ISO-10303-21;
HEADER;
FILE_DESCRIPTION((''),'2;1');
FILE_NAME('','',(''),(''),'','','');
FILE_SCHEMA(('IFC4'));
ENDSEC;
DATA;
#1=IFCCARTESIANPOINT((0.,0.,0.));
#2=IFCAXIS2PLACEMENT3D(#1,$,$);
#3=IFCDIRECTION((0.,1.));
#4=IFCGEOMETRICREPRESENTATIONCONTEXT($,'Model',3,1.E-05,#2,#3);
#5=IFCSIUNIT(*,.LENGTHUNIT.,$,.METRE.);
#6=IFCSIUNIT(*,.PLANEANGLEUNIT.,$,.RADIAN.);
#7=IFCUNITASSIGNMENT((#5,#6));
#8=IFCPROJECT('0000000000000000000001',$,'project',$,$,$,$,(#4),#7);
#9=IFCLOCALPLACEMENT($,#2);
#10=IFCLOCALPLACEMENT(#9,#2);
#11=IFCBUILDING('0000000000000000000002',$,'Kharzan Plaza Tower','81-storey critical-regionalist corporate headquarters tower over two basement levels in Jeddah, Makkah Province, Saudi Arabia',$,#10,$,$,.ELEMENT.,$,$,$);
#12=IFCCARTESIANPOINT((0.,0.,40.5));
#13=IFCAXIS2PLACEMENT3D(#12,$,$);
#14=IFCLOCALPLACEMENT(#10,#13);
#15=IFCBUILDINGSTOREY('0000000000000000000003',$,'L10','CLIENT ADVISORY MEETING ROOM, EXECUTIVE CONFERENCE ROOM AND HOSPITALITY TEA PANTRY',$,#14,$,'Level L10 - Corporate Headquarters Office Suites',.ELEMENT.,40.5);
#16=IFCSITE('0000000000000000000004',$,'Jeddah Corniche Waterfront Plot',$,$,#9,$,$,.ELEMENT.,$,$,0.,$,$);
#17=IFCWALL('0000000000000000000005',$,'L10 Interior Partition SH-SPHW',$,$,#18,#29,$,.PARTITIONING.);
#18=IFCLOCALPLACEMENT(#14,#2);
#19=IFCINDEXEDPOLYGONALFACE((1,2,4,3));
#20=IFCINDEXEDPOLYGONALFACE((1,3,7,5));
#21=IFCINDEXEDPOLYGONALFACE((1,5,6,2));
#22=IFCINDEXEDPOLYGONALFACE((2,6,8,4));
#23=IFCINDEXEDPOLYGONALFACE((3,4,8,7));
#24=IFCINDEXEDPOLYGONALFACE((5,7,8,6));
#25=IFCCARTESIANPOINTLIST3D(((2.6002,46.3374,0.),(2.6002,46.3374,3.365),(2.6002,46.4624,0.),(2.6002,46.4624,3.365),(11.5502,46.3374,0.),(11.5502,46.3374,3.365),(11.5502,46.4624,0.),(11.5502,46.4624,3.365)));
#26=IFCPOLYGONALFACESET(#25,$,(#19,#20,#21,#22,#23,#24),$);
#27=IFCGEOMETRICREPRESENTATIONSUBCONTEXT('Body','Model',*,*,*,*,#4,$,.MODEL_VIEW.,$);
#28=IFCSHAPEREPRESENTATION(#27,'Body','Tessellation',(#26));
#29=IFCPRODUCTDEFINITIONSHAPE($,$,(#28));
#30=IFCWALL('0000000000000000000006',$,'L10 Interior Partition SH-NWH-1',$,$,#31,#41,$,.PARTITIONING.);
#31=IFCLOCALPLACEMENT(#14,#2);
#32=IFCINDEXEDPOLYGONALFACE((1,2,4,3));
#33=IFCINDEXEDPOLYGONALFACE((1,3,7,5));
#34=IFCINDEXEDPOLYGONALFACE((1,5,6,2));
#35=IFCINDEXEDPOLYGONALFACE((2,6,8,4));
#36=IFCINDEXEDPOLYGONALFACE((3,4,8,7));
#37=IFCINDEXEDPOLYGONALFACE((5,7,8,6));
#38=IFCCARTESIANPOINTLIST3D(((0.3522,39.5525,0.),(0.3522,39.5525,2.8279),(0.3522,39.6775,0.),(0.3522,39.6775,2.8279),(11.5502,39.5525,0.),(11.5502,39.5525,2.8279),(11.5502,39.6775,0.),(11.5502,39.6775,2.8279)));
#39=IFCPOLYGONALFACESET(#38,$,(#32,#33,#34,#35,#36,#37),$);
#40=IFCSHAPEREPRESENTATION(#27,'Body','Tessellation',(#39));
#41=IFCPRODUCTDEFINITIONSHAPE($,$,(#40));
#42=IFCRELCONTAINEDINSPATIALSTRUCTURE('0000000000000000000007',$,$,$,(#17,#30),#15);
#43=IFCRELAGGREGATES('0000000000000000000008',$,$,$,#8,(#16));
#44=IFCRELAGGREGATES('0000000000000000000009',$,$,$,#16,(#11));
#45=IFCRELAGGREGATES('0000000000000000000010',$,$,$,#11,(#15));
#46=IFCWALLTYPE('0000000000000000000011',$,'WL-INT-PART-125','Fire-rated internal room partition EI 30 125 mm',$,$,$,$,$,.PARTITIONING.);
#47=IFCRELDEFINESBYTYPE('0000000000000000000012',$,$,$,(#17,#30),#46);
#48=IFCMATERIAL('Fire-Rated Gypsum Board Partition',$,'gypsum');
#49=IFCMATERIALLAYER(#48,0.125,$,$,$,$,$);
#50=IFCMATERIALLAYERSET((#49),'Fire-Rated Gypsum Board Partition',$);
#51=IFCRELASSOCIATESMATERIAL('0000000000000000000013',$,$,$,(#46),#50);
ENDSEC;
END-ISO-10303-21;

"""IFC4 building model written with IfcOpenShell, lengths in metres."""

from ifc_helpers import new_model, si_unit, direction, frame, frame_2d, origin, place, context, subcontext, project, spatial, rectangle, extrude, source, transform, mapped, material, layer, layer_set, type_object, element, save


model = new_model("IFC4")

# Units and contexts
model_context = context("Model", 3, precision=1e-05, world=origin(), true_north=direction((0.0, 1.0)))
body_context = subcontext(model_context, "Body", "Model", "MODEL_VIEW")
ifc_project = project(units=[si_unit("LENGTHUNIT", "METRE"), si_unit("PLANEANGLEUNIT", "RADIAN")], contexts=[model_context])

# Site, building, storey
site_placement = place(None, origin())
site = spatial("IfcSite", under=ifc_project, at=site_placement, Name="Jeddah Corniche Waterfront Plot", CompositionType="ELEMENT", RefElevation=0.0)
building_placement = place(site_placement, origin())
building = spatial("IfcBuilding", under=site, at=building_placement, Name="Kharzan Plaza Tower", Description="81-storey critical-regionalist corporate headquarters tower over two basement levels in Jeddah, Makkah Province, Saudi Arabia", CompositionType="ELEMENT")
storey_placement = place(building_placement, frame((0.0, 0.0, 40.5)))
storey = spatial("IfcBuildingStorey", under=building, at=storey_placement, Name="L10", Description="CLIENT ADVISORY MEETING ROOM, EXECUTIVE CONFERENCE ROOM AND HOSPITALITY TEA PANTRY", LongName="Level L10 - Corporate Headquarters Office Suites", CompositionType="ELEMENT", Elevation=40.5)

# Walls
ifc_material_1 = material(Name="Fire-Rated Gypsum Board Partition", Category="gypsum")
ifc_layer_1 = layer(ifc_material_1, 0.125)
ifc_layer_set_1 = layer_set([ifc_layer_1], Name="Fire-Rated Gypsum Board Partition")
wall_type_1 = type_object("IfcWallType", Name="WL-INT-PART-125", Description="Fire-rated internal room partition EI 30 125 mm", PredefinedType="PARTITIONING", material=ifc_layer_set_1)
shared_shape_1 = source(origin(), body_context, "Body", "SweptSolid", [
    extrude(rectangle(XDim=8.95, YDim=0.125, at=frame_2d((4.4751, 0.0))), origin(), (0.0, 0.0, 1.0), 3.365),
])
wall_1_placement = place(storey_placement, frame((2.6001, 46.3999, 0.0), z_axis=(0.0, 0.0, 1.0), x_axis=(1.0, 0.0, 0.0)))
element("IfcWall", 1, at=wall_1_placement, inside=storey, type_object=wall_type_1, Name="L10 Interior Partition SH-SPHW", PredefinedType="PARTITIONING", context=body_context, shape_type="MappedRepresentation", body=[
    mapped(shared_shape_1, transform((0.0, 0.0, 0.0), x_axis=(1.0, 0.0, 0.0), y_axis=(0.0, 1.0, 0.0), z_axis=(0.0, 0.0, 1.0))),
])
shared_shape_2 = source(origin(), body_context, "Body", "SweptSolid", [
    extrude(rectangle(XDim=11.198, YDim=0.125, at=frame_2d((5.5991, 0.0))), origin(), (0.0, 0.0, 1.0), 2.8279),
])
wall_2_placement = place(storey_placement, frame((0.3521, 39.615, 0.0), z_axis=(0.0, 0.0, 1.0), x_axis=(1.0, 0.0, 0.0)))
element("IfcWall", 2, at=wall_2_placement, inside=storey, type_object=wall_type_1, Name="L10 Interior Partition SH-NWH-1", PredefinedType="PARTITIONING", context=body_context, shape_type="MappedRepresentation", body=[
    mapped(shared_shape_2, transform((0.0, 0.0, 0.0), x_axis=(1.0, 0.0, 0.0), y_axis=(0.0, 1.0, 0.0), z_axis=(0.0, 0.0, 1.0))),
])

save(model, "model.ifc")
